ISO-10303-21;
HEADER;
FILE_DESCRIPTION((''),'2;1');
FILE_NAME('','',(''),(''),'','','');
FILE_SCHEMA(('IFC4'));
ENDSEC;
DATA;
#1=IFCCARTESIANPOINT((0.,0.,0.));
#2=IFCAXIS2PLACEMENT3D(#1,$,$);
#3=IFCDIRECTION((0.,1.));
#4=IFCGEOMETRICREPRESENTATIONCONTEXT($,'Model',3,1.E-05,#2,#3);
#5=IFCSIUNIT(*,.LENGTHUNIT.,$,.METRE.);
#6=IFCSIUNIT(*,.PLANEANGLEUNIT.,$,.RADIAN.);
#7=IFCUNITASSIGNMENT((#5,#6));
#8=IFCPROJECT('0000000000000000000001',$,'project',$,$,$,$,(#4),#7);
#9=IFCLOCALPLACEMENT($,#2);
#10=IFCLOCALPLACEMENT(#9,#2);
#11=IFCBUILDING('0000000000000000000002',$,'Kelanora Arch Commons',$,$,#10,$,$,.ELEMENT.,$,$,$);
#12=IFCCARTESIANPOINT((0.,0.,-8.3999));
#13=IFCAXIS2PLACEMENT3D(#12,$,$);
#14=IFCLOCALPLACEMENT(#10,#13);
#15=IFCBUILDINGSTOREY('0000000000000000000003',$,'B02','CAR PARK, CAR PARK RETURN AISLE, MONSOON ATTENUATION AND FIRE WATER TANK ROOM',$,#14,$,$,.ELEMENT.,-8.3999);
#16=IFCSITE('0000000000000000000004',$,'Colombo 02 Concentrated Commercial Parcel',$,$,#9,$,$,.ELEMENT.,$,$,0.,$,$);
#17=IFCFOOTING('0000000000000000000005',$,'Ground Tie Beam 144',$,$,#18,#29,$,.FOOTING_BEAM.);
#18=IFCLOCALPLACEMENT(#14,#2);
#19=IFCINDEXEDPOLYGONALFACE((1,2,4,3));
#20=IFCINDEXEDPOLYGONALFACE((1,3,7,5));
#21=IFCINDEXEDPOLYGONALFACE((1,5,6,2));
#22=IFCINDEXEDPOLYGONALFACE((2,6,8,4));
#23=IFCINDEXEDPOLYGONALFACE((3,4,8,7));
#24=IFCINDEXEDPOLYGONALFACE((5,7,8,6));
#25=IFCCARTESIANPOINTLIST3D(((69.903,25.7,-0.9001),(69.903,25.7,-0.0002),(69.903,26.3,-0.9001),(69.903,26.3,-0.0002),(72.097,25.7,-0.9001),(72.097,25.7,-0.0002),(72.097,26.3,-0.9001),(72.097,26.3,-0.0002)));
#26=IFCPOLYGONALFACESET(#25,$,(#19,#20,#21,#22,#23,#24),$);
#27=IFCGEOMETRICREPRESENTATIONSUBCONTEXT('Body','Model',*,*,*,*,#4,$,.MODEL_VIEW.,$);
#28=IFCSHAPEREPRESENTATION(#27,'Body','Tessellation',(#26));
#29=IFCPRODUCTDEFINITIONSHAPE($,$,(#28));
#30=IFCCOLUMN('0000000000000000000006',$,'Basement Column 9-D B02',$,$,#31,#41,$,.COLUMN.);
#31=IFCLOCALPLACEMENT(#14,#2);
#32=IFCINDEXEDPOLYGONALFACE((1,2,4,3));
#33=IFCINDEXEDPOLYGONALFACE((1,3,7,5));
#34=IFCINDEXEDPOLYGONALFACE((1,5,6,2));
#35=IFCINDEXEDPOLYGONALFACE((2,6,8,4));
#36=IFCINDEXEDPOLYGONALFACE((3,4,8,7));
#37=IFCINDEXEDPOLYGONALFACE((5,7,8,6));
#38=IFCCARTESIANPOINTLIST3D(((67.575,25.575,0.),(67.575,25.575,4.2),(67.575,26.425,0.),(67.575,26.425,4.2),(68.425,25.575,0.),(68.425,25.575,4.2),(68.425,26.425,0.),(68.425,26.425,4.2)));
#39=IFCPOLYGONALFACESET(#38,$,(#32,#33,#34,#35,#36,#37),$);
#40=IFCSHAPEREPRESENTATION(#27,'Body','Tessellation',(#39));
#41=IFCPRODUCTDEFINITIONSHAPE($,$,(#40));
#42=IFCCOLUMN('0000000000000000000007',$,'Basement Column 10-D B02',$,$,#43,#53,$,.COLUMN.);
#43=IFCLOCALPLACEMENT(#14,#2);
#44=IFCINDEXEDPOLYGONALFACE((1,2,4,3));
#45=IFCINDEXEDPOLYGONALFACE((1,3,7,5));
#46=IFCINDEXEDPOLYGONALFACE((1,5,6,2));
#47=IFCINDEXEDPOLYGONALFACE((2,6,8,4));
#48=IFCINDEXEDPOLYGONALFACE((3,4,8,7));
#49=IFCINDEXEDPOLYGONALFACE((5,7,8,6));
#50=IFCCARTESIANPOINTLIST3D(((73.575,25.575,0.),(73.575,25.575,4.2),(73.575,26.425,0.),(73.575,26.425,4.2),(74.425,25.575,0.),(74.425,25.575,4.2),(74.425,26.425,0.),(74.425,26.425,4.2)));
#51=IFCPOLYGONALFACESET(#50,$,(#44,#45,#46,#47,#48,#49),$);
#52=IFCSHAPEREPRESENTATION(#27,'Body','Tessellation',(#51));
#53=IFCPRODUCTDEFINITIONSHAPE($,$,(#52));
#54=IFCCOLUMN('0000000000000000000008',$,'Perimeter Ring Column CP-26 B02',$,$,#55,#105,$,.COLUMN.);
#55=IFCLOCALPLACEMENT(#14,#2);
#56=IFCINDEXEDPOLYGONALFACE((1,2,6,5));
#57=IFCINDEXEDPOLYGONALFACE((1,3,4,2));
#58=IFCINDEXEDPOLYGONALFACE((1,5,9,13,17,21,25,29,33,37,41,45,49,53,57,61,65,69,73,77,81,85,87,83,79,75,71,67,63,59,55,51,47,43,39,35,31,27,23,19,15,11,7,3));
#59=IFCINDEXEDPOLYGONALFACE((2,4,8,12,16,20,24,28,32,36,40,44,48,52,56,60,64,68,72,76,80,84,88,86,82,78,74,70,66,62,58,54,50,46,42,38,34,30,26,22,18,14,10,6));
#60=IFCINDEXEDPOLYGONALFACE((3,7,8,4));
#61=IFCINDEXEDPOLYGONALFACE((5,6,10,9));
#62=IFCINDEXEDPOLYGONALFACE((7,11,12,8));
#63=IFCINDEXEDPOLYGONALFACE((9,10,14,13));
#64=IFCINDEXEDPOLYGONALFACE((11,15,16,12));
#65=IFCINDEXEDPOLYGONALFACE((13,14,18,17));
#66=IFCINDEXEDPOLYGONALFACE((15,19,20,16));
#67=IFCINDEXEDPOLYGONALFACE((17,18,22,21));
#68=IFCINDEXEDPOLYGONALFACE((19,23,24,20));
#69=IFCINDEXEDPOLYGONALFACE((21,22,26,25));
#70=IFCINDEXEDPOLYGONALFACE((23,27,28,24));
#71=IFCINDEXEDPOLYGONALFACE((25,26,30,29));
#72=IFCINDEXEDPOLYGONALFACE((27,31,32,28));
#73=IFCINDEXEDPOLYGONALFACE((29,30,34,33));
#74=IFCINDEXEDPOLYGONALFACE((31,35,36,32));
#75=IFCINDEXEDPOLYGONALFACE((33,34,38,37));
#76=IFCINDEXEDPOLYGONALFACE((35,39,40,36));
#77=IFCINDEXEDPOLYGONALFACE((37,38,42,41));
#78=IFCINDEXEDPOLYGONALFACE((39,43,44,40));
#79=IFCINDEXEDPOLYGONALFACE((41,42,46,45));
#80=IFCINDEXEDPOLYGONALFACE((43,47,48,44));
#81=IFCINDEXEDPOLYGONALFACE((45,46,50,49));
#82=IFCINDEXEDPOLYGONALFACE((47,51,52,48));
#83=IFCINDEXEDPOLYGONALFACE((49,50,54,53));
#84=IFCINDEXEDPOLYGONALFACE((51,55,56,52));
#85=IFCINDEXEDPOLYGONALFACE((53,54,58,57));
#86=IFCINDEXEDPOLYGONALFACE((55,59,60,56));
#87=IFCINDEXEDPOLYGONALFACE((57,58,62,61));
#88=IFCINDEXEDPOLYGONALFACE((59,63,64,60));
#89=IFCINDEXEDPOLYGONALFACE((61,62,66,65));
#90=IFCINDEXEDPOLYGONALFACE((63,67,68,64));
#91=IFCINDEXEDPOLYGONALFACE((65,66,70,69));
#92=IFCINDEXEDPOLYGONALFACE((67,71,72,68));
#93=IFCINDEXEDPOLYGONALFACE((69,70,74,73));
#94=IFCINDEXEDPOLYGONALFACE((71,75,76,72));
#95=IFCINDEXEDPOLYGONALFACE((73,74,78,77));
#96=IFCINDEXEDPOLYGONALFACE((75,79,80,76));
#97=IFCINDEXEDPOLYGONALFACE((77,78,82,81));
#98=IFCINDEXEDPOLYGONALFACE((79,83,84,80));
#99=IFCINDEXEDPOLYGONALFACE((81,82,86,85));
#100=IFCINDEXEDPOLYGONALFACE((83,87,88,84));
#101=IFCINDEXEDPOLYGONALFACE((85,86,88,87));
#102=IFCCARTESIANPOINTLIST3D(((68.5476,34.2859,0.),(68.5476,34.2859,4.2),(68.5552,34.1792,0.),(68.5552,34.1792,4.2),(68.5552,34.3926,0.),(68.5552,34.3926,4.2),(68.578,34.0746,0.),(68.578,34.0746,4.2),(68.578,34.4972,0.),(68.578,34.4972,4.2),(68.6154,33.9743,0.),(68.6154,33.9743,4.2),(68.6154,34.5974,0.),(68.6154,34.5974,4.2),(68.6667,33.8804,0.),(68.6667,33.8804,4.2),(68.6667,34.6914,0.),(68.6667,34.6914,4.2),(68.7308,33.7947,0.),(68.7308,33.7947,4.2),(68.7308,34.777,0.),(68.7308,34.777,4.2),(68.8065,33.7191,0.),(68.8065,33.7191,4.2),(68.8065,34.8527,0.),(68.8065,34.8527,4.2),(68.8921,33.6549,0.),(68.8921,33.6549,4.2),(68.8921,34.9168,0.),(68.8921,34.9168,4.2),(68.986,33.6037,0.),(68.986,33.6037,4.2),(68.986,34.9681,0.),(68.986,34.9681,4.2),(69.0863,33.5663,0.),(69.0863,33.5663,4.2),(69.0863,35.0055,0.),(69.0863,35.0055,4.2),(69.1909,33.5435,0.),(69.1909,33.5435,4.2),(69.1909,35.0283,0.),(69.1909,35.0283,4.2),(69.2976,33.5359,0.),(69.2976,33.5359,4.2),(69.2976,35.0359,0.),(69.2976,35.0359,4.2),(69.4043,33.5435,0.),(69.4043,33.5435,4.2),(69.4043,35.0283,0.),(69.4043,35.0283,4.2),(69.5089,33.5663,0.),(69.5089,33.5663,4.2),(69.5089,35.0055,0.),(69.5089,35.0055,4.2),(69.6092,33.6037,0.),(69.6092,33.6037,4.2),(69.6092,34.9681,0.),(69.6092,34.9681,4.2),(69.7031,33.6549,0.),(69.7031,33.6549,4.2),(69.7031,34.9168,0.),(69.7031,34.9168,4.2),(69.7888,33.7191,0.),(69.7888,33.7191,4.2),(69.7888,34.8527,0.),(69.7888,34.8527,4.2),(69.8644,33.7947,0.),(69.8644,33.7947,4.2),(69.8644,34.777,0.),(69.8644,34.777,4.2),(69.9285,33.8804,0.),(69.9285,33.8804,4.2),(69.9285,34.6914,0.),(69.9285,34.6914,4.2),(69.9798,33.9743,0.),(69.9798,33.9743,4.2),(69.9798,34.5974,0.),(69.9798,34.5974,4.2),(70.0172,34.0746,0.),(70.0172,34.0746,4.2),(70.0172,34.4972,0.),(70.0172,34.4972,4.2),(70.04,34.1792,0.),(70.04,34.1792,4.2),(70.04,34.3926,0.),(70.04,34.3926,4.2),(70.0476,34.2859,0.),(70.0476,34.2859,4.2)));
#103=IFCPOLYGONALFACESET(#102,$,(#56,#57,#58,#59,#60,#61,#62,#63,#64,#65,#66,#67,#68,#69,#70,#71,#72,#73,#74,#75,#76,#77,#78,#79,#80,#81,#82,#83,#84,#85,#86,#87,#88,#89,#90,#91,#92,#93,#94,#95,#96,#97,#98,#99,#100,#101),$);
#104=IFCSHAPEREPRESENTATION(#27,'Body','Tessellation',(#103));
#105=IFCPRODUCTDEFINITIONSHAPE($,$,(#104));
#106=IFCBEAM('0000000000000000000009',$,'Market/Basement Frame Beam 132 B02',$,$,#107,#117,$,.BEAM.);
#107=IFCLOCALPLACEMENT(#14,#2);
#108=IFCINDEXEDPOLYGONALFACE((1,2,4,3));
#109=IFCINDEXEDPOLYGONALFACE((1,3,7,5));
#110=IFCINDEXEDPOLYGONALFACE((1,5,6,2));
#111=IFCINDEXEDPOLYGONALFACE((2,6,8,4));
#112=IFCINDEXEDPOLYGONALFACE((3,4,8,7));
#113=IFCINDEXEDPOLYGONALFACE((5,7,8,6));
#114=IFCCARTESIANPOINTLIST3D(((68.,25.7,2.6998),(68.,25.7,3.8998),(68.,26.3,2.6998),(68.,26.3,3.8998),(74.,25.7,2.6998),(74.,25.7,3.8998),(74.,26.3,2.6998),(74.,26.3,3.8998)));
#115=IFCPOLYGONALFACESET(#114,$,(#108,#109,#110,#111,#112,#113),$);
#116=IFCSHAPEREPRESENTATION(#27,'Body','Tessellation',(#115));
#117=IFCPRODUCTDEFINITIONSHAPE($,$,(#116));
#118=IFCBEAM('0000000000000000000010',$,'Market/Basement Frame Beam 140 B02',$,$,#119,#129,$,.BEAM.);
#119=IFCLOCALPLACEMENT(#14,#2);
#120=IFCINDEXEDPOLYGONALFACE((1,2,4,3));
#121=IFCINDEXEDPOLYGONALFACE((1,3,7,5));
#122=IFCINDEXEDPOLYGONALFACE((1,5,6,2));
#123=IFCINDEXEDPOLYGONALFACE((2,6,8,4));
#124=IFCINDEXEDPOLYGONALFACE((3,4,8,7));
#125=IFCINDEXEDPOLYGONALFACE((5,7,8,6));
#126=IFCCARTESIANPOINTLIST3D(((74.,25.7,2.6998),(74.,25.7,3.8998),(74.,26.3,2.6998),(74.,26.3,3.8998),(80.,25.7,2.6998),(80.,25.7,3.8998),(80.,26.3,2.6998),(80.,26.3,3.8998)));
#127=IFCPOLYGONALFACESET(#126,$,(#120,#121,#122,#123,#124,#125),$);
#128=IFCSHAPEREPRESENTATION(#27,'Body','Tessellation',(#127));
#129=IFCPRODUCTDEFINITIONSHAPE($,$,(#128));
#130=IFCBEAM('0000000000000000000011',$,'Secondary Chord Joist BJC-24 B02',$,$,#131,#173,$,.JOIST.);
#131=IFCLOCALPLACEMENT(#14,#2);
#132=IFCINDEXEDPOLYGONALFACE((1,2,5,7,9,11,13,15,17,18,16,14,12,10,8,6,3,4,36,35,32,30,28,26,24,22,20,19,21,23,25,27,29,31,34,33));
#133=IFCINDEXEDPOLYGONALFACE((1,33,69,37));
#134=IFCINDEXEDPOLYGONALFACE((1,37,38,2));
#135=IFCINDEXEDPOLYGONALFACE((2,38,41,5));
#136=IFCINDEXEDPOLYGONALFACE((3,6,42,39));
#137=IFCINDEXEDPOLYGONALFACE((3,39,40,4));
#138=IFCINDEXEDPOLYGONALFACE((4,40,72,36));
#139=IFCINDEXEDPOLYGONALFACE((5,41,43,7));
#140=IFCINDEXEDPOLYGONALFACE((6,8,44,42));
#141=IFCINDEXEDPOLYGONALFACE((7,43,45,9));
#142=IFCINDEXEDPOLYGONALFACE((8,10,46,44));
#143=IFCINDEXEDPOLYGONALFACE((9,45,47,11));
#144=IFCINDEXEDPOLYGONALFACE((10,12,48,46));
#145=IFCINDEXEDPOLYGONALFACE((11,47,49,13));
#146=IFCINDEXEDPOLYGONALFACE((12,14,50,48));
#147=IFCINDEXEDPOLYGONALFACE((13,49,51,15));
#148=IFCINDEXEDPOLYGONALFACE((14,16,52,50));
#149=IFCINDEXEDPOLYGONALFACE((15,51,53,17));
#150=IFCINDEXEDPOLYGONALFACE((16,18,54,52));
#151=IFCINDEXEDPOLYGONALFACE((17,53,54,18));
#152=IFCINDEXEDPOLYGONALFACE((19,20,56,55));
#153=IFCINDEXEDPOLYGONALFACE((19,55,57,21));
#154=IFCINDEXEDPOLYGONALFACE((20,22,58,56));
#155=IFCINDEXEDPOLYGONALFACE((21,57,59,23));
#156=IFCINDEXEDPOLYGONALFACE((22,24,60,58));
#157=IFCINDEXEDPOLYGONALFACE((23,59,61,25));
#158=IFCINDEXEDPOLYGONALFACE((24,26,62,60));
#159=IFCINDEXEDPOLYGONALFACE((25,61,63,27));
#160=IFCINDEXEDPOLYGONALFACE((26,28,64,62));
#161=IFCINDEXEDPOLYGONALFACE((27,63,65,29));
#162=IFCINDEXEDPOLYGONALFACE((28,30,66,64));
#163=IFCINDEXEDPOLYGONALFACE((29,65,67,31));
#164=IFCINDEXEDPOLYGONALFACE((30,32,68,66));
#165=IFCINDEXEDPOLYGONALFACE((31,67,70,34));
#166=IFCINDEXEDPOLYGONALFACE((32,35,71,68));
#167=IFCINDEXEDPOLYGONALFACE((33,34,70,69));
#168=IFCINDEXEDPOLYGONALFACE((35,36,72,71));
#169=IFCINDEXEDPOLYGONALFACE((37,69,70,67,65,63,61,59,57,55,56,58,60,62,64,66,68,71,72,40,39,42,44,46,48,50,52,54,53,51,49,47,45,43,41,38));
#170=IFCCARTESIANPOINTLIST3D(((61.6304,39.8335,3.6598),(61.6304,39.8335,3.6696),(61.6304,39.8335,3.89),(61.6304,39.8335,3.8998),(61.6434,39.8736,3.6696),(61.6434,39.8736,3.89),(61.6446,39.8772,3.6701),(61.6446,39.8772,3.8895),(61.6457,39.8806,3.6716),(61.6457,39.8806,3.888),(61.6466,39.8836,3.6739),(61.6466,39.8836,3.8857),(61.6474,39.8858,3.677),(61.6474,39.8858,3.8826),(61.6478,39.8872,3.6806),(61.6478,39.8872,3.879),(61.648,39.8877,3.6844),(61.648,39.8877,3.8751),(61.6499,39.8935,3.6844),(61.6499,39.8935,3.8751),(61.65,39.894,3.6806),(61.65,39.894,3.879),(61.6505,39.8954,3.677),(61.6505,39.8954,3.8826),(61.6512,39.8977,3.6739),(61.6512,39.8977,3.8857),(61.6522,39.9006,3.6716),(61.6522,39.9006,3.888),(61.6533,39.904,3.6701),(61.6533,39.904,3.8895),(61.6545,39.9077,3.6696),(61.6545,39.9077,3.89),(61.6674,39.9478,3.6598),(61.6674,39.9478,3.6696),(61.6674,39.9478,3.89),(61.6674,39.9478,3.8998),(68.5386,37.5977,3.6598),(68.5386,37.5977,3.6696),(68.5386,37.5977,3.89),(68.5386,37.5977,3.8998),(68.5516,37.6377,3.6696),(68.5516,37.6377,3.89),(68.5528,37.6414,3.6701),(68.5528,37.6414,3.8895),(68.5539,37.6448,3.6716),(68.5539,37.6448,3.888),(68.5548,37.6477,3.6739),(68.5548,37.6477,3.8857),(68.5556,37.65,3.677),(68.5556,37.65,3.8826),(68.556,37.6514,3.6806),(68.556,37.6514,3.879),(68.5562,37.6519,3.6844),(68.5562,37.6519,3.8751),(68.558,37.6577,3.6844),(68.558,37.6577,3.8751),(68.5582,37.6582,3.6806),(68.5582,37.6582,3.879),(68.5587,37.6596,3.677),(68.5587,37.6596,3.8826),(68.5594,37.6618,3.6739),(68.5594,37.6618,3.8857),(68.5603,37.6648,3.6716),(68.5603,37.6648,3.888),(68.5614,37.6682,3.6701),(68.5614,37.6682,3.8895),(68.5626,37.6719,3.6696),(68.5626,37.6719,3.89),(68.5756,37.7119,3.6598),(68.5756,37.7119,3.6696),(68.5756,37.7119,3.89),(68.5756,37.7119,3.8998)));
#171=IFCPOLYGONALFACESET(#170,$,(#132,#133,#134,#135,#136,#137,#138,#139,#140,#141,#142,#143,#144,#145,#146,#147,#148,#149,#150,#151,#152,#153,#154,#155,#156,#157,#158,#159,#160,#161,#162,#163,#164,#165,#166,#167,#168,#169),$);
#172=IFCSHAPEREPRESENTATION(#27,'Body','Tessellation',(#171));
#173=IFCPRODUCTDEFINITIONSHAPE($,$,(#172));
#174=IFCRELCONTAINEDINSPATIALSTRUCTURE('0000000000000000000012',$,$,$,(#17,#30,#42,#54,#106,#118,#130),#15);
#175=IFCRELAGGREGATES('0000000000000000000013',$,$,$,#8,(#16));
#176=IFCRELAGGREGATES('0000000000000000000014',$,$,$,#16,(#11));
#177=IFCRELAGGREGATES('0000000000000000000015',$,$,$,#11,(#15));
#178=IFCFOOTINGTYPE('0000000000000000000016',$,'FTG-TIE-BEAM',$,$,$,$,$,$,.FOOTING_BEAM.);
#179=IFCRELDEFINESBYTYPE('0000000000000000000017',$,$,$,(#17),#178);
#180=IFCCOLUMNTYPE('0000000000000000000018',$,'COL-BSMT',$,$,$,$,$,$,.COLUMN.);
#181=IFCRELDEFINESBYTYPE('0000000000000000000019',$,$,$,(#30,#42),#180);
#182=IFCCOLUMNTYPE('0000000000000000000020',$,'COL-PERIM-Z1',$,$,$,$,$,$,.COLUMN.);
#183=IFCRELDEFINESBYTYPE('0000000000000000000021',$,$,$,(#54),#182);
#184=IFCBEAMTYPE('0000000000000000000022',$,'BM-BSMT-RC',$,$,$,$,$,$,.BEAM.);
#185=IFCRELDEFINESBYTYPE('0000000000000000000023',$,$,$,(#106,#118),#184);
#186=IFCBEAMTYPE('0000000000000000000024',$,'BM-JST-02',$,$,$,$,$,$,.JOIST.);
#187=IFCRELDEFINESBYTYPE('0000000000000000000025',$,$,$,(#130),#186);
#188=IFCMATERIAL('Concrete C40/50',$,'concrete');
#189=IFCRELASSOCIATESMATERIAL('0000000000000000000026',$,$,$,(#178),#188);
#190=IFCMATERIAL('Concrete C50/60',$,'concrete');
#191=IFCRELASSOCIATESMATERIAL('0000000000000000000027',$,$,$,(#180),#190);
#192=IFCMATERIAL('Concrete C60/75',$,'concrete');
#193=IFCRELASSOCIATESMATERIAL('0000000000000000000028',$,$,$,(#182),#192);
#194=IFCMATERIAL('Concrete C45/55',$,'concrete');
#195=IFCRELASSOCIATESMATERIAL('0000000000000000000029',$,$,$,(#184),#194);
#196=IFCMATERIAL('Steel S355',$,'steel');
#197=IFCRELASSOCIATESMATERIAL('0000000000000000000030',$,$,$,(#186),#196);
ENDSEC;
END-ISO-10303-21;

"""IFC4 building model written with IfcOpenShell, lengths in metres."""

from ifc_helpers import new_model, si_unit, direction, frame, origin, origin_2d, place, context, subcontext, project, spatial, rectangle, circle, i_section, extrude, source, transform, mapped, material, material_profile, profile_set, type_object, element, save


model = new_model("IFC4")

# Units and contexts
model_context = context("Model", 3, precision=1e-05, world=origin(), true_north=direction((0.0, 1.0)))
body_context = subcontext(model_context, "Body", "Model", "MODEL_VIEW")
ifc_project = project(units=[si_unit("LENGTHUNIT", "METRE"), si_unit("PLANEANGLEUNIT", "RADIAN")], contexts=[model_context])

# Site, building, storey
site_placement = place(None, origin())
site = spatial("IfcSite", under=ifc_project, at=site_placement, Name="Colombo 02 Concentrated Commercial Parcel", CompositionType="ELEMENT", RefElevation=0.0)
building_placement = place(site_placement, origin())
building = spatial("IfcBuilding", under=site, at=building_placement, Name="Kelanora Arch Commons", CompositionType="ELEMENT")
storey_placement = place(building_placement, frame((0.0, 0.0, -8.3999)))
storey = spatial("IfcBuildingStorey", under=building, at=storey_placement, Name="B02", Description="CAR PARK, CAR PARK RETURN AISLE, MONSOON ATTENUATION AND FIRE WATER TANK ROOM", CompositionType="ELEMENT", Elevation=-8.3999)

# Shared definitions
ifc_material_1 = material(Name="Concrete C45/55", Category="concrete")

# Shared definitions
ifc_material_2 = material(Name="Concrete C40/50", Category="concrete")

# Footing
footing_type_1 = type_object("IfcFootingType", Name="FTG-TIE-BEAM", PredefinedType="FOOTING_BEAM", material=ifc_material_2)
shared_shape_1 = source(origin(), body_context, "Body", "SweptSolid", [
    extrude(rectangle(XDim=2.1941, YDim=0.6001, at=origin_2d()), origin(), (0.0, 0.0, 1.0), 0.8999),
])
footing_1_placement = place(storey_placement, frame((71.0, 26.0, -0.9001), z_axis=(0.0, 0.0, 1.0), x_axis=(1.0, 0.0, 0.0)))
element("IfcFooting", 1, at=footing_1_placement, inside=storey, type_object=footing_type_1, Name="Ground Tie Beam 144", PredefinedType="FOOTING_BEAM", context=body_context, shape_type="MappedRepresentation", body=[
    mapped(shared_shape_1, transform((0.0, 0.0, 0.0), scale=1.0)),
])

# Columns
ifc_material_3 = material(Name="Concrete C50/60", Category="concrete")
ifc_material_profile_1 = material_profile(ifc_material_3, rectangle(XDim=0.8501, YDim=0.8501, at=origin_2d()), Name="RC850x850")
ifc_profile_set_1 = profile_set([ifc_material_profile_1], Name="Concrete C50/60")
column_type_1 = type_object("IfcColumnType", Name="COL-BSMT", PredefinedType="COLUMN", material=ifc_profile_set_1)
for number, where, z_axis, x_axis, name in (
    (2, (68.0, 26.0, 0.0), (0.0, 0.0, 1.0), (1.0, 0.0, 0.0), "Basement Column 9-D B02"),
    (3, (74.0, 26.0, 0.0), (0.0, 0.0, 1.0), (1.0, 0.0, 0.0), "Basement Column 10-D B02"),
):
    element("IfcColumn", number, at=place(storey_placement, frame(where, z_axis=z_axis, x_axis=x_axis)), inside=storey, type_object=column_type_1, Name=name, PredefinedType="COLUMN", context=body_context, shape_type="SweptSolid", body=[
        extrude(rectangle(XDim=0.8501, YDim=0.8501, at=origin_2d()), origin(), (0.0, 0.0, 1.0), 4.2),
    ])
ifc_material_4 = material(Name="Concrete C60/75", Category="concrete")
ifc_material_profile_2 = material_profile(ifc_material_4, circle(Radius=0.75, at=origin_2d()), Name="RCC1500")
ifc_profile_set_2 = profile_set([ifc_material_profile_2], Name="Concrete C60/75")
column_type_2 = type_object("IfcColumnType", Name="COL-PERIM-Z1", PredefinedType="COLUMN", material=ifc_profile_set_2)
column_placement = place(storey_placement, frame((69.2976, 34.2859, 0.0), z_axis=(0.0, 0.0, 1.0), x_axis=(1.0, 0.0, 0.0)))
element("IfcColumn", 4, at=column_placement, inside=storey, type_object=column_type_2, Name="Perimeter Ring Column CP-26 B02", PredefinedType="COLUMN", context=body_context, shape_type="SweptSolid", body=[
    extrude(circle(Radius=0.75, at=origin_2d()), origin(), (0.0, 0.0, 1.0), 4.2),
])

# Beams
ifc_material_profile_3 = material_profile(ifc_material_1, rectangle(XDim=0.6001, YDim=1.2, at=origin_2d()), Name="RCB600x1200")
ifc_profile_set_3 = profile_set([ifc_material_profile_3], Name="Concrete C45/55")
beam_type_1 = type_object("IfcBeamType", Name="BM-BSMT-RC", PredefinedType="BEAM", material=ifc_profile_set_3)
for number, where, z_axis, x_axis, name in (
    (5, (68.0, 26.0, 3.2998), (1.0, 0.0, 0.0), (0.0, 1.0, 0.0), "Market/Basement Frame Beam 132 B02"),
    (6, (74.0, 26.0, 3.2998), (1.0, 0.0, 0.0), (0.0, 1.0, 0.0), "Market/Basement Frame Beam 140 B02"),
):
    element("IfcBeam", number, at=place(storey_placement, frame(where, z_axis=z_axis, x_axis=x_axis)), inside=storey, type_object=beam_type_1, Name=name, PredefinedType="BEAM", context=body_context, shape_type="SweptSolid", body=[
        extrude(rectangle(XDim=0.6001, YDim=1.2, at=origin_2d()), origin(), (0.0, 0.0, 1.0), 6.0),
    ])
ifc_material_5 = material(Name="Steel S355", Category="steel")
ifc_material_profile_4 = material_profile(ifc_material_5, i_section(OverallWidth=0.1201, OverallDepth=0.24, WebThickness=0.0061, FlangeThickness=0.0098, FilletRadius=0.0149, at=origin_2d()), Name="IPE240")
ifc_profile_set_4 = profile_set([ifc_material_profile_4], Name="Steel S355")
beam_type_2 = type_object("IfcBeamType", Name="BM-JST-02", PredefinedType="JOIST", material=ifc_profile_set_4)
beam_1_placement = place(storey_placement, frame((61.6489, 39.8906, 3.7798), z_axis=(0.951411, -0.307924, 0.0), x_axis=(0.307924, 0.951411, 0.0)))
element("IfcBeam", 7, at=beam_1_placement, inside=storey, type_object=beam_type_2, Name="Secondary Chord Joist BJC-24 B02", PredefinedType="JOIST", context=body_context, shape_type="SweptSolid", body=[
    extrude(i_section(OverallWidth=0.1201, OverallDepth=0.24, WebThickness=0.0061, FlangeThickness=0.0098, FilletRadius=0.0149, at=origin_2d()), origin(), (0.0, 0.0, 1.0), 7.261),
])

save(model, "model.ifc")
